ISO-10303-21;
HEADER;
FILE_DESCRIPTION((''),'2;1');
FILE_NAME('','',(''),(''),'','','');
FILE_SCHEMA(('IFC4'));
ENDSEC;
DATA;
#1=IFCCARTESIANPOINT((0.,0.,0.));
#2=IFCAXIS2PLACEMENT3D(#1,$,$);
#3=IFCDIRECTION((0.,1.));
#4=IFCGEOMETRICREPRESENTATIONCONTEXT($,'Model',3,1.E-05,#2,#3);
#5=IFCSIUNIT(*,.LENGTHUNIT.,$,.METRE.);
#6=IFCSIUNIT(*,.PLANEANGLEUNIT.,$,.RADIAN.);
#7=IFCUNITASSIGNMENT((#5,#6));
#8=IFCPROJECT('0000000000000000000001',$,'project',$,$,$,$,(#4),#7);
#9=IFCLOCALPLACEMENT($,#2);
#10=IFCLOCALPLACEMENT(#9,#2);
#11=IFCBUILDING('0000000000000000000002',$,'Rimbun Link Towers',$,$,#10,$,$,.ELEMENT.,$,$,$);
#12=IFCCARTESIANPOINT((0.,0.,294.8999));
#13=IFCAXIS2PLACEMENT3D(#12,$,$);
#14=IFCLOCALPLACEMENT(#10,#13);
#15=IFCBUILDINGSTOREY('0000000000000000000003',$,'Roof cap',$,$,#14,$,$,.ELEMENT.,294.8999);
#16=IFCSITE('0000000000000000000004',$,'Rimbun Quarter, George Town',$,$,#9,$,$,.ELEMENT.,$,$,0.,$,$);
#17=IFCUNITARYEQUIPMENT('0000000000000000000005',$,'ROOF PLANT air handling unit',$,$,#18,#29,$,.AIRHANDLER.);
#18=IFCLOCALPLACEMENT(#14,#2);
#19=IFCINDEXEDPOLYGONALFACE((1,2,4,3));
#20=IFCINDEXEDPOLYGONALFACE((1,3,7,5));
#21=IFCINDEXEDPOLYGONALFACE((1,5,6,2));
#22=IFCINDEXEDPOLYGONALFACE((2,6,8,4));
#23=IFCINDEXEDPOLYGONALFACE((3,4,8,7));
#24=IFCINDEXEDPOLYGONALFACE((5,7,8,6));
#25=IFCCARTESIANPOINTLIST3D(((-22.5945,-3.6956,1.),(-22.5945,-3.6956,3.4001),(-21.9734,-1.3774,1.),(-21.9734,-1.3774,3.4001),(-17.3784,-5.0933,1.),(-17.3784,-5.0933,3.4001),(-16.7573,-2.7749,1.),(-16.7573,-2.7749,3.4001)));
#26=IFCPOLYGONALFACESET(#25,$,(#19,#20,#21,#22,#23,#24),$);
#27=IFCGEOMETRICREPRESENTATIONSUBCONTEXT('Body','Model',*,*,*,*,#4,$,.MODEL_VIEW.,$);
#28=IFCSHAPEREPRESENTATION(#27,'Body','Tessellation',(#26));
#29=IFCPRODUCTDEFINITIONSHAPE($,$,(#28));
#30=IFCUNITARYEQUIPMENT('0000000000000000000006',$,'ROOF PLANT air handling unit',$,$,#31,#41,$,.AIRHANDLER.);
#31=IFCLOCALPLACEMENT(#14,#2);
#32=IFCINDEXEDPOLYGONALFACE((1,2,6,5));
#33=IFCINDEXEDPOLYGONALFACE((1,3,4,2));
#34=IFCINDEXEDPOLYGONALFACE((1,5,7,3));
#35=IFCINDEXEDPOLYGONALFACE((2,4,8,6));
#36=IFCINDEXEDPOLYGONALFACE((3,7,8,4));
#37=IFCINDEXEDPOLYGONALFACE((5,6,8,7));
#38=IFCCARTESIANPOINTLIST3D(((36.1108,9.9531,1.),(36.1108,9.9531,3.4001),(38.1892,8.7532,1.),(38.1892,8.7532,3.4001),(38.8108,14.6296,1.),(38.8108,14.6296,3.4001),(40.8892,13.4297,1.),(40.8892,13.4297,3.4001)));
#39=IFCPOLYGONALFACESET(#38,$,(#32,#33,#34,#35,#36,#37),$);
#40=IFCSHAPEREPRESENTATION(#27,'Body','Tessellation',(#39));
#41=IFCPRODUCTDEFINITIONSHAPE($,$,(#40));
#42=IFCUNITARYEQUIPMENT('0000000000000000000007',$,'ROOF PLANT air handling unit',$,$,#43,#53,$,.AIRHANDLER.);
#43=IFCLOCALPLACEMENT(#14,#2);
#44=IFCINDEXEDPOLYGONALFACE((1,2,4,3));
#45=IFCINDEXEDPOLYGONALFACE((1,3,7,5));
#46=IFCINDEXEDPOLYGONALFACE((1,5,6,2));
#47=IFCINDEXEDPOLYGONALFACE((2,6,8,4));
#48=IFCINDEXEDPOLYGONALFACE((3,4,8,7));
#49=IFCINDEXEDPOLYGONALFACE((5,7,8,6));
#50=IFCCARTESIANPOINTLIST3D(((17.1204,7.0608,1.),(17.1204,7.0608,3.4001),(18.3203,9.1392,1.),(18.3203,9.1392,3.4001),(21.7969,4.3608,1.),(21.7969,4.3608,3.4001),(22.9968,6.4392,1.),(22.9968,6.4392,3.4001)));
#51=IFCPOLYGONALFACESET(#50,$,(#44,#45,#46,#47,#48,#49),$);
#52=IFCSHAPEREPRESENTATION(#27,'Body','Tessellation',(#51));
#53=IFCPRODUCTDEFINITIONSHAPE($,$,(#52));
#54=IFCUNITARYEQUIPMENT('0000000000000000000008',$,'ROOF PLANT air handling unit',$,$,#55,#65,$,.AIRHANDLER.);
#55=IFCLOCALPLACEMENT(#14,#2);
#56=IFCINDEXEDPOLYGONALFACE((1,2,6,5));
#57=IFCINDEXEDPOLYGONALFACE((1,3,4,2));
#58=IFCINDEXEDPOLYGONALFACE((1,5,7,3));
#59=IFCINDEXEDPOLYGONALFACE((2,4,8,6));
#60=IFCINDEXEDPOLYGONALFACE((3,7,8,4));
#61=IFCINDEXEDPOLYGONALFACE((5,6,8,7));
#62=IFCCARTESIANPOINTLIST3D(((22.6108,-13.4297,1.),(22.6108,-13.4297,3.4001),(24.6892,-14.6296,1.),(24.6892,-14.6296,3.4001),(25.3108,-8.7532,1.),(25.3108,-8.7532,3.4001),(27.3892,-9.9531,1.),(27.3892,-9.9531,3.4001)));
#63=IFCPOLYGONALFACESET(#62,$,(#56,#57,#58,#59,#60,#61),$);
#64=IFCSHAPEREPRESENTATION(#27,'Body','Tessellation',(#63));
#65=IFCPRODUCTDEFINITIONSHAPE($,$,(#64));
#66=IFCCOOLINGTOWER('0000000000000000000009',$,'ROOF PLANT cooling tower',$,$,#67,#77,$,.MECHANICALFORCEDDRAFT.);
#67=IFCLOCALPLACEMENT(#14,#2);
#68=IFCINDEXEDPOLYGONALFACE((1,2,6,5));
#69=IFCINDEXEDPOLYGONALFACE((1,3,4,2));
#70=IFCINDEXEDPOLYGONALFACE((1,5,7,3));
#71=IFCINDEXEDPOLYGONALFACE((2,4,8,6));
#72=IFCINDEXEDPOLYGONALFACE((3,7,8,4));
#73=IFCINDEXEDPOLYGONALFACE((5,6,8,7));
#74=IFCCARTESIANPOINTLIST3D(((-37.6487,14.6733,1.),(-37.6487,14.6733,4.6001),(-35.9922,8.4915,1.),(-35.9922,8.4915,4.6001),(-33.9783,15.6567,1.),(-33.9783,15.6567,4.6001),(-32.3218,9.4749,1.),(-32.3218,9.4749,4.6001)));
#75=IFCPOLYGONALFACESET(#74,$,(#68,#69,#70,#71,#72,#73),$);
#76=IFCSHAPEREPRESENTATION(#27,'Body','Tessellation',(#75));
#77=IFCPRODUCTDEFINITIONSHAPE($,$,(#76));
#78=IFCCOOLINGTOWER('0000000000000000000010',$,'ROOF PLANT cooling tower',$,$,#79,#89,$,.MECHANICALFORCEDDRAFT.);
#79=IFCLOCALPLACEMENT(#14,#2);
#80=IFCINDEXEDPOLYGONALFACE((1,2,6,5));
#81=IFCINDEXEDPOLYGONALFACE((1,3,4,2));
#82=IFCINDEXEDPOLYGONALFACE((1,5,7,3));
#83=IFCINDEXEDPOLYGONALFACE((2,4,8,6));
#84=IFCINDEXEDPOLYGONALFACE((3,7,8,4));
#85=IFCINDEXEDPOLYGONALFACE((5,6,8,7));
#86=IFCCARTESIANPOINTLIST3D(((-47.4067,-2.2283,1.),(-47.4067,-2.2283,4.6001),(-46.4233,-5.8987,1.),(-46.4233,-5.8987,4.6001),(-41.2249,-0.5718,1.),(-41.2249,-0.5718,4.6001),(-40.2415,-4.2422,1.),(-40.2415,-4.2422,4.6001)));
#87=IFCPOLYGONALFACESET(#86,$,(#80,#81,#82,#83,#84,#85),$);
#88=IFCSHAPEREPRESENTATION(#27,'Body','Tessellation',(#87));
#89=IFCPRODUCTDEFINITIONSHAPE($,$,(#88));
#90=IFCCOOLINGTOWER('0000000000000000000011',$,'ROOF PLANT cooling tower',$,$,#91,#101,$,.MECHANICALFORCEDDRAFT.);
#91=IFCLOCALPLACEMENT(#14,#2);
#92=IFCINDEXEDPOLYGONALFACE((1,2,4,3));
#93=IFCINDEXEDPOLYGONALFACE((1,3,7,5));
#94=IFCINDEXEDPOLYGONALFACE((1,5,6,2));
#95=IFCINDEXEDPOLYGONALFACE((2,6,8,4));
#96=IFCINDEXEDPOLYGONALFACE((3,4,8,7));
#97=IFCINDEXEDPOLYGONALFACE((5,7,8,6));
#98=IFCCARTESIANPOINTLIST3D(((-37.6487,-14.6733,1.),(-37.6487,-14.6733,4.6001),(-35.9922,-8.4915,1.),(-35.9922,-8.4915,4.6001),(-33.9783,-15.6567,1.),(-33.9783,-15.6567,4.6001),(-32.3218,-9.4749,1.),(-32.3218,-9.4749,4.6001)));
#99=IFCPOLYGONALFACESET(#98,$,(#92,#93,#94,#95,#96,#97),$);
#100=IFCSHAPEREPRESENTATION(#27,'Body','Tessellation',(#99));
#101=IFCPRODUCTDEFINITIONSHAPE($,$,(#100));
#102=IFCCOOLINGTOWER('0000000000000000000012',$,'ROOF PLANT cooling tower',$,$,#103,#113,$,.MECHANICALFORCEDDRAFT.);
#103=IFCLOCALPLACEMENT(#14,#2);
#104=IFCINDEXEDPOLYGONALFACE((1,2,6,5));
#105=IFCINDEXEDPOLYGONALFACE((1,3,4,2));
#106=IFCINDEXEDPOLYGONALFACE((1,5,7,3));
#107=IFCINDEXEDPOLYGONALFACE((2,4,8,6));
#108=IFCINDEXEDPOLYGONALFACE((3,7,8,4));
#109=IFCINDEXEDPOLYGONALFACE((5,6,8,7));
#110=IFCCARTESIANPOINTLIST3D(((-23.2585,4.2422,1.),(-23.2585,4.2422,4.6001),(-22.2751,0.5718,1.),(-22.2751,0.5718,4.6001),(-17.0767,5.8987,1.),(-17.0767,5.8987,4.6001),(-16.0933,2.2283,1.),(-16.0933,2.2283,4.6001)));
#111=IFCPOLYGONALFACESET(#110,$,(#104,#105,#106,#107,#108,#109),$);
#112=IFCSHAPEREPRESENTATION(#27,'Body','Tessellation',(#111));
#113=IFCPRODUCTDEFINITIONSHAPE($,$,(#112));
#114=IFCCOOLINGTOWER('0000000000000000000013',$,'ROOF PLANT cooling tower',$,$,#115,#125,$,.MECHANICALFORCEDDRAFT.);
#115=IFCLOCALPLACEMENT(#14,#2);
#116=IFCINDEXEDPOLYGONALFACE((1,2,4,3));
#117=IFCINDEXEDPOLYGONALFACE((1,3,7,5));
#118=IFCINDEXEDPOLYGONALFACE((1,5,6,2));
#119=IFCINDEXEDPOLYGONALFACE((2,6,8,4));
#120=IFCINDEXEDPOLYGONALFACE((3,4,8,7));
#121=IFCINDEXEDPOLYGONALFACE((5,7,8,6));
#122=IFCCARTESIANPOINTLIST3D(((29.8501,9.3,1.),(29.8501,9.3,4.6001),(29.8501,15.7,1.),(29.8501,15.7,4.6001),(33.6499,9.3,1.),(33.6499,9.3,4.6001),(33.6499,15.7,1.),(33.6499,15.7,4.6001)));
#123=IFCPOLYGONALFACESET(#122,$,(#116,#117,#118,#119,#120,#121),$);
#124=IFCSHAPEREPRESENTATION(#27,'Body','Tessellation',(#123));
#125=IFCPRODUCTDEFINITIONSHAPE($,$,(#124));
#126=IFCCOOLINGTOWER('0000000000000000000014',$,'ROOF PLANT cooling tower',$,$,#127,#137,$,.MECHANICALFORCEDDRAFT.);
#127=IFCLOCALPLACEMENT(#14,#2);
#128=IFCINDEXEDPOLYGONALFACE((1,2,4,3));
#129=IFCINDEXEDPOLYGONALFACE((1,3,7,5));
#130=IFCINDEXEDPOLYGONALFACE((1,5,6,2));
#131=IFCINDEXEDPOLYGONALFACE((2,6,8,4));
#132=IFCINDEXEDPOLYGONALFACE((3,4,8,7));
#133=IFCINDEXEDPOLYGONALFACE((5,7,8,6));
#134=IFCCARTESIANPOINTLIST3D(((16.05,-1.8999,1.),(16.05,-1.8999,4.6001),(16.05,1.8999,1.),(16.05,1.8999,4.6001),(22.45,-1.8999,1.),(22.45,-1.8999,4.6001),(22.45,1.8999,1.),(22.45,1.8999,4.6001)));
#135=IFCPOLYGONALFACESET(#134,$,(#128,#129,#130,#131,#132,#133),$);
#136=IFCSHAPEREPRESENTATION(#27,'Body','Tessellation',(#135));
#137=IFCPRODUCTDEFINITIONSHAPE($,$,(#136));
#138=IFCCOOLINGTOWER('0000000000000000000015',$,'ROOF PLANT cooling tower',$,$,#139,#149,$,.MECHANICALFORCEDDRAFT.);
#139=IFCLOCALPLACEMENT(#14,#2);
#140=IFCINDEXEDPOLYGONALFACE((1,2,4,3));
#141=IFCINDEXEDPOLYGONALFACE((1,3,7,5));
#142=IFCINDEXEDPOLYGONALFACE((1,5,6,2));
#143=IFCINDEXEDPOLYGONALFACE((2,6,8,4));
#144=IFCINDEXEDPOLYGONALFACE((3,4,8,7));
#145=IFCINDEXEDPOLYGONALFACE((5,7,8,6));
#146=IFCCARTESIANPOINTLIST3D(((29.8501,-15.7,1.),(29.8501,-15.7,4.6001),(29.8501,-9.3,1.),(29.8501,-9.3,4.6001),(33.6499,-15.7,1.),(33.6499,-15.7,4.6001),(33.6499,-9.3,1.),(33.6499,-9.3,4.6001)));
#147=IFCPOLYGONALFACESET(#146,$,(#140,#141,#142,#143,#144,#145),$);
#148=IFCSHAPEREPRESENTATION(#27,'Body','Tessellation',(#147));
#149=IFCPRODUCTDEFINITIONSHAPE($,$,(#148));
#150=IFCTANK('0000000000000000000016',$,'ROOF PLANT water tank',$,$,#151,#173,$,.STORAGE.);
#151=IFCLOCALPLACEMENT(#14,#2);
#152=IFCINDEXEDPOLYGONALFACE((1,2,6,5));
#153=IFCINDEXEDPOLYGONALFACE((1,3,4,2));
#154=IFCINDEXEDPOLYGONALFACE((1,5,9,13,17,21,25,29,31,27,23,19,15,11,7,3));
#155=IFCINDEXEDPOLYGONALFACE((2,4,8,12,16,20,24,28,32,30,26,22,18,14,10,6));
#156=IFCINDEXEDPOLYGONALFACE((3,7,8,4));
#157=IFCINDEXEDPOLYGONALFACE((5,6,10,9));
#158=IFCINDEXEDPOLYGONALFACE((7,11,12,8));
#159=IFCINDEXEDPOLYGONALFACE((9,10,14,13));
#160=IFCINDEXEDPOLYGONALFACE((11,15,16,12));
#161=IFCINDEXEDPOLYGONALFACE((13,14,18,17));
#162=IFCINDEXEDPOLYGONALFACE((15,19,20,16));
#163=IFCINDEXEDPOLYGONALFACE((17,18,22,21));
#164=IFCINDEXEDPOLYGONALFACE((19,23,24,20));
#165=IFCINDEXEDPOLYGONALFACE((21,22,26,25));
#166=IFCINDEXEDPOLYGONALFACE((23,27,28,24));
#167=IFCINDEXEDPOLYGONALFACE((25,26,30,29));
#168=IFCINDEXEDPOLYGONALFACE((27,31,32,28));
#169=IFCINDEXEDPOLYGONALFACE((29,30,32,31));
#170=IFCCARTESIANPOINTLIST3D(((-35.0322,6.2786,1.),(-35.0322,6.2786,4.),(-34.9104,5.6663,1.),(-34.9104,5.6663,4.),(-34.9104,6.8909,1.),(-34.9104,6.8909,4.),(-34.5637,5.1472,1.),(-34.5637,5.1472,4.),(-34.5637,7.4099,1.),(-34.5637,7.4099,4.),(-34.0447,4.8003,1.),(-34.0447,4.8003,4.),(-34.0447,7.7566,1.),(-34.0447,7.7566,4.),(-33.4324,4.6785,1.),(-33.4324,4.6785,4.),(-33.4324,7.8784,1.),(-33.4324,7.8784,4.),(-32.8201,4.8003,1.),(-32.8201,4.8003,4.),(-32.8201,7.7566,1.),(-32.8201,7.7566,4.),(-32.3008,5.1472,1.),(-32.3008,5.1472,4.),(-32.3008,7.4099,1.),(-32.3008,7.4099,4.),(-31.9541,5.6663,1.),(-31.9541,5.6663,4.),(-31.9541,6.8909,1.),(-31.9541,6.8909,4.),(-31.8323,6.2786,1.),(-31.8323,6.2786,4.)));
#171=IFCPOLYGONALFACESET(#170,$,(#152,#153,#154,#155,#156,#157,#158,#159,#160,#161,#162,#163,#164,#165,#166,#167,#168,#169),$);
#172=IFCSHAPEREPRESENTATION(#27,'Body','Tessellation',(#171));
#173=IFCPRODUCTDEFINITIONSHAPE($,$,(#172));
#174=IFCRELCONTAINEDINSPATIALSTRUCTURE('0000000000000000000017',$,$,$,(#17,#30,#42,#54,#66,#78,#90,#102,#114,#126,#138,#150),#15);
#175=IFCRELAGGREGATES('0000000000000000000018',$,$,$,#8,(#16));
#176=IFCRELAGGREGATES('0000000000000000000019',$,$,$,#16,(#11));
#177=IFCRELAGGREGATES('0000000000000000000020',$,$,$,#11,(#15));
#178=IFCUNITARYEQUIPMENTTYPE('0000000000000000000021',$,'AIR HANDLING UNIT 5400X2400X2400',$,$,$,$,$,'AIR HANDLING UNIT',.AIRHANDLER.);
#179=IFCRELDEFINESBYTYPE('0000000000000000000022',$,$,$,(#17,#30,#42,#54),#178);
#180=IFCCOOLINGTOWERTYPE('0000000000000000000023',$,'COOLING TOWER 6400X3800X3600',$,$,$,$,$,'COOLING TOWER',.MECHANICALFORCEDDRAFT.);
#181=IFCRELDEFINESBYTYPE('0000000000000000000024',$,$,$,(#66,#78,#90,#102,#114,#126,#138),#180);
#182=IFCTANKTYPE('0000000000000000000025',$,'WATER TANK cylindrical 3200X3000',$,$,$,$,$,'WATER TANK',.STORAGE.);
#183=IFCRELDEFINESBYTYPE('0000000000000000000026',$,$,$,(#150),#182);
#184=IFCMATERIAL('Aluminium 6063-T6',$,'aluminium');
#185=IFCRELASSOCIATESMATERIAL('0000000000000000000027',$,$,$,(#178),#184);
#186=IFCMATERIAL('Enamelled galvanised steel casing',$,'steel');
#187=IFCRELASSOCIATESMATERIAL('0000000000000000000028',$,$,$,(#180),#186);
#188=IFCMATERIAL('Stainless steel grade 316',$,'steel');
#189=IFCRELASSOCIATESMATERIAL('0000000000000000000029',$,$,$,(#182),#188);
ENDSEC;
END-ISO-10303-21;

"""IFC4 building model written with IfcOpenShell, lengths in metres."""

from ifc_helpers import new_model, si_unit, direction, frame, origin, place, context, subcontext, project, spatial, polyline, outline, extrude, material, type_object, element, save


model = new_model("IFC4")

# Units and contexts
model_context = context("Model", 3, precision=1e-05, world=origin(), true_north=direction((0.0, 1.0)))
body_context = subcontext(model_context, "Body", "Model", "MODEL_VIEW")
ifc_project = project(units=[si_unit("LENGTHUNIT", "METRE"), si_unit("PLANEANGLEUNIT", "RADIAN")], contexts=[model_context])

# Site, building, storey
site_placement = place(None, origin())
site = spatial("IfcSite", under=ifc_project, at=site_placement, Name="Rimbun Quarter, George Town", CompositionType="ELEMENT", RefElevation=0.0)
building_placement = place(site_placement, origin())
building = spatial("IfcBuilding", under=site, at=building_placement, Name="Rimbun Link Towers", CompositionType="ELEMENT")
storey_placement = place(building_placement, frame((0.0, 0.0, 294.8999)))
storey = spatial("IfcBuildingStorey", under=building, at=storey_placement, Name="Roof cap", CompositionType="ELEMENT", Elevation=294.8999)

# Unitary equipment
ifc_material_1 = material(Name="Aluminium 6063-T6", Category="aluminium")
unitary_equipment_type = type_object("IfcUnitaryEquipmentType", Name="AIR HANDLING UNIT 5400X2400X2400", ElementType="AIR HANDLING UNIT", PredefinedType="AIRHANDLER", material=ifc_material_1)
unitary_equipment_1_placement = place(storey_placement, frame((0.0, 0.0, 1.0)))
element("IfcUnitaryEquipment", 1, at=unitary_equipment_1_placement, inside=storey, type_object=unitary_equipment_type, Name="ROOF PLANT air handling unit", PredefinedType="AIRHANDLER", context=body_context, shape_type="SweptSolid", body=[
    extrude(outline(polyline([(-22.5945, -3.6956), (-17.3784, -5.0933), (-16.7573, -2.7749), (-21.9734, -1.3774), (-22.5945, -3.6956)])), origin(), (0.0, 0.0, 1.0), 2.4001),
])
unitary_equipment_2_placement = place(storey_placement, frame((0.0, 0.0, 1.0)))
element("IfcUnitaryEquipment", 2, at=unitary_equipment_2_placement, inside=storey, type_object=unitary_equipment_type, Name="ROOF PLANT air handling unit", PredefinedType="AIRHANDLER", context=body_context, shape_type="SweptSolid", body=[
    extrude(outline(polyline([(38.1892, 8.7532), (40.8892, 13.4297), (38.8108, 14.6296), (36.1108, 9.9531), (38.1892, 8.7532)])), origin(), (0.0, 0.0, 1.0), 2.4001),
])
unitary_equipment_3_placement = place(storey_placement, frame((0.0, 0.0, 1.0)))
element("IfcUnitaryEquipment", 3, at=unitary_equipment_3_placement, inside=storey, type_object=unitary_equipment_type, Name="ROOF PLANT air handling unit", PredefinedType="AIRHANDLER", context=body_context, shape_type="SweptSolid", body=[
    extrude(outline(polyline([(22.9968, 6.4392), (18.3203, 9.1392), (17.1204, 7.0608), (21.7969, 4.3608), (22.9968, 6.4392)])), origin(), (0.0, 0.0, 1.0), 2.4001),
])
unitary_equipment_4_placement = place(storey_placement, frame((0.0, 0.0, 1.0)))
element("IfcUnitaryEquipment", 4, at=unitary_equipment_4_placement, inside=storey, type_object=unitary_equipment_type, Name="ROOF PLANT air handling unit", PredefinedType="AIRHANDLER", context=body_context, shape_type="SweptSolid", body=[
    extrude(outline(polyline([(25.3108, -8.7532), (22.6108, -13.4297), (24.6892, -14.6296), (27.3892, -9.9531), (25.3108, -8.7532)])), origin(), (0.0, 0.0, 1.0), 2.4001),
])

# Cooling towers
ifc_material_2 = material(Name="Enamelled galvanised steel casing", Category="steel")
cooling_tower_type = type_object("IfcCoolingTowerType", Name="COOLING TOWER 6400X3800X3600", ElementType="COOLING TOWER", PredefinedType="MECHANICALFORCEDDRAFT", material=ifc_material_2)
cooling_tower_1_placement = place(storey_placement, frame((0.0, 0.0, 1.0)))
element("IfcCoolingTower", 5, at=cooling_tower_1_placement, inside=storey, type_object=cooling_tower_type, Name="ROOF PLANT cooling tower", PredefinedType="MECHANICALFORCEDDRAFT", context=body_context, shape_type="SweptSolid", body=[
    extrude(outline(polyline([(-32.3218, 9.4749), (-33.9783, 15.6567), (-37.6487, 14.6733), (-35.9922, 8.4915), (-32.3218, 9.4749)])), origin(), (0.0, 0.0, 1.0), 3.6001),
])
cooling_tower_2_placement = place(storey_placement, frame((0.0, 0.0, 1.0)))
element("IfcCoolingTower", 6, at=cooling_tower_2_placement, inside=storey, type_object=cooling_tower_type, Name="ROOF PLANT cooling tower", PredefinedType="MECHANICALFORCEDDRAFT", context=body_context, shape_type="SweptSolid", body=[
    extrude(outline(polyline([(-41.2249, -0.5718), (-47.4067, -2.2283), (-46.4233, -5.8987), (-40.2415, -4.2422), (-41.2249, -0.5718)])), origin(), (0.0, 0.0, 1.0), 3.6001),
])
cooling_tower_3_placement = place(storey_placement, frame((0.0, 0.0, 1.0)))
element("IfcCoolingTower", 7, at=cooling_tower_3_placement, inside=storey, type_object=cooling_tower_type, Name="ROOF PLANT cooling tower", PredefinedType="MECHANICALFORCEDDRAFT", context=body_context, shape_type="SweptSolid", body=[
    extrude(outline(polyline([(-35.9922, -8.4915), (-37.6487, -14.6733), (-33.9783, -15.6567), (-32.3218, -9.4749), (-35.9922, -8.4915)])), origin(), (0.0, 0.0, 1.0), 3.6001),
])
cooling_tower_4_placement = place(storey_placement, frame((0.0, 0.0, 1.0)))
element("IfcCoolingTower", 8, at=cooling_tower_4_placement, inside=storey, type_object=cooling_tower_type, Name="ROOF PLANT cooling tower", PredefinedType="MECHANICALFORCEDDRAFT", context=body_context, shape_type="SweptSolid", body=[
    extrude(outline(polyline([(-22.2751, 0.5718), (-16.0933, 2.2283), (-17.0767, 5.8987), (-23.2585, 4.2422), (-22.2751, 0.5718)])), origin(), (0.0, 0.0, 1.0), 3.6001),
])
cooling_tower_5_placement = place(storey_placement, frame((0.0, 0.0, 1.0)))
element("IfcCoolingTower", 9, at=cooling_tower_5_placement, inside=storey, type_object=cooling_tower_type, Name="ROOF PLANT cooling tower", PredefinedType="MECHANICALFORCEDDRAFT", context=body_context, shape_type="SweptSolid", body=[
    extrude(outline(polyline([(33.6499, 9.3), (33.6499, 15.7), (29.8501, 15.7), (29.8501, 9.3), (33.6499, 9.3)])), origin(), (0.0, 0.0, 1.0), 3.6001),
])
cooling_tower_6_placement = place(storey_placement, frame((0.0, 0.0, 1.0)))
element("IfcCoolingTower", 10, at=cooling_tower_6_placement, inside=storey, type_object=cooling_tower_type, Name="ROOF PLANT cooling tower", PredefinedType="MECHANICALFORCEDDRAFT", context=body_context, shape_type="SweptSolid", body=[
    extrude(outline(polyline([(22.45, 1.8999), (16.05, 1.8999), (16.05, -1.8999), (22.45, -1.8999), (22.45, 1.8999)])), origin(), (0.0, 0.0, 1.0), 3.6001),
])
cooling_tower_7_placement = place(storey_placement, frame((0.0, 0.0, 1.0)))
element("IfcCoolingTower", 11, at=cooling_tower_7_placement, inside=storey, type_object=cooling_tower_type, Name="ROOF PLANT cooling tower", PredefinedType="MECHANICALFORCEDDRAFT", context=body_context, shape_type="SweptSolid", body=[
    extrude(outline(polyline([(29.8501, -9.3), (29.8501, -15.7), (33.6499, -15.7), (33.6499, -9.3), (29.8501, -9.3)])), origin(), (0.0, 0.0, 1.0), 3.6001),
])

# Tank
ifc_material_3 = material(Name="Stainless steel grade 316", Category="steel")
tank_type = type_object("IfcTankType", Name="WATER TANK cylindrical 3200X3000", ElementType="WATER TANK", PredefinedType="STORAGE", material=ifc_material_3)
tank_1_placement = place(storey_placement, frame((0.0, 0.0, 1.0)))
element("IfcTank", 12, at=tank_1_placement, inside=storey, type_object=tank_type, Name="ROOF PLANT water tank", PredefinedType="STORAGE", context=body_context, shape_type="SweptSolid", body=[
    extrude(outline(polyline([(-31.8323, 6.2786), (-31.9541, 6.8909), (-32.3008, 7.4099), (-32.8201, 7.7566), (-33.4324, 7.8784), (-34.0447, 7.7566), (-34.5637, 7.4099), (-34.9104, 6.8909), (-35.0322, 6.2786), (-34.9104, 5.6663), (-34.5637, 5.1472), (-34.0447, 4.8003), (-33.4324, 4.6785), (-32.8201, 4.8003), (-32.3008, 5.1472), (-31.9541, 5.6663), (-31.8323, 6.2786)])), origin(), (0.0, 0.0, 1.0), 3.0),
])

save(model, "model.ifc")
